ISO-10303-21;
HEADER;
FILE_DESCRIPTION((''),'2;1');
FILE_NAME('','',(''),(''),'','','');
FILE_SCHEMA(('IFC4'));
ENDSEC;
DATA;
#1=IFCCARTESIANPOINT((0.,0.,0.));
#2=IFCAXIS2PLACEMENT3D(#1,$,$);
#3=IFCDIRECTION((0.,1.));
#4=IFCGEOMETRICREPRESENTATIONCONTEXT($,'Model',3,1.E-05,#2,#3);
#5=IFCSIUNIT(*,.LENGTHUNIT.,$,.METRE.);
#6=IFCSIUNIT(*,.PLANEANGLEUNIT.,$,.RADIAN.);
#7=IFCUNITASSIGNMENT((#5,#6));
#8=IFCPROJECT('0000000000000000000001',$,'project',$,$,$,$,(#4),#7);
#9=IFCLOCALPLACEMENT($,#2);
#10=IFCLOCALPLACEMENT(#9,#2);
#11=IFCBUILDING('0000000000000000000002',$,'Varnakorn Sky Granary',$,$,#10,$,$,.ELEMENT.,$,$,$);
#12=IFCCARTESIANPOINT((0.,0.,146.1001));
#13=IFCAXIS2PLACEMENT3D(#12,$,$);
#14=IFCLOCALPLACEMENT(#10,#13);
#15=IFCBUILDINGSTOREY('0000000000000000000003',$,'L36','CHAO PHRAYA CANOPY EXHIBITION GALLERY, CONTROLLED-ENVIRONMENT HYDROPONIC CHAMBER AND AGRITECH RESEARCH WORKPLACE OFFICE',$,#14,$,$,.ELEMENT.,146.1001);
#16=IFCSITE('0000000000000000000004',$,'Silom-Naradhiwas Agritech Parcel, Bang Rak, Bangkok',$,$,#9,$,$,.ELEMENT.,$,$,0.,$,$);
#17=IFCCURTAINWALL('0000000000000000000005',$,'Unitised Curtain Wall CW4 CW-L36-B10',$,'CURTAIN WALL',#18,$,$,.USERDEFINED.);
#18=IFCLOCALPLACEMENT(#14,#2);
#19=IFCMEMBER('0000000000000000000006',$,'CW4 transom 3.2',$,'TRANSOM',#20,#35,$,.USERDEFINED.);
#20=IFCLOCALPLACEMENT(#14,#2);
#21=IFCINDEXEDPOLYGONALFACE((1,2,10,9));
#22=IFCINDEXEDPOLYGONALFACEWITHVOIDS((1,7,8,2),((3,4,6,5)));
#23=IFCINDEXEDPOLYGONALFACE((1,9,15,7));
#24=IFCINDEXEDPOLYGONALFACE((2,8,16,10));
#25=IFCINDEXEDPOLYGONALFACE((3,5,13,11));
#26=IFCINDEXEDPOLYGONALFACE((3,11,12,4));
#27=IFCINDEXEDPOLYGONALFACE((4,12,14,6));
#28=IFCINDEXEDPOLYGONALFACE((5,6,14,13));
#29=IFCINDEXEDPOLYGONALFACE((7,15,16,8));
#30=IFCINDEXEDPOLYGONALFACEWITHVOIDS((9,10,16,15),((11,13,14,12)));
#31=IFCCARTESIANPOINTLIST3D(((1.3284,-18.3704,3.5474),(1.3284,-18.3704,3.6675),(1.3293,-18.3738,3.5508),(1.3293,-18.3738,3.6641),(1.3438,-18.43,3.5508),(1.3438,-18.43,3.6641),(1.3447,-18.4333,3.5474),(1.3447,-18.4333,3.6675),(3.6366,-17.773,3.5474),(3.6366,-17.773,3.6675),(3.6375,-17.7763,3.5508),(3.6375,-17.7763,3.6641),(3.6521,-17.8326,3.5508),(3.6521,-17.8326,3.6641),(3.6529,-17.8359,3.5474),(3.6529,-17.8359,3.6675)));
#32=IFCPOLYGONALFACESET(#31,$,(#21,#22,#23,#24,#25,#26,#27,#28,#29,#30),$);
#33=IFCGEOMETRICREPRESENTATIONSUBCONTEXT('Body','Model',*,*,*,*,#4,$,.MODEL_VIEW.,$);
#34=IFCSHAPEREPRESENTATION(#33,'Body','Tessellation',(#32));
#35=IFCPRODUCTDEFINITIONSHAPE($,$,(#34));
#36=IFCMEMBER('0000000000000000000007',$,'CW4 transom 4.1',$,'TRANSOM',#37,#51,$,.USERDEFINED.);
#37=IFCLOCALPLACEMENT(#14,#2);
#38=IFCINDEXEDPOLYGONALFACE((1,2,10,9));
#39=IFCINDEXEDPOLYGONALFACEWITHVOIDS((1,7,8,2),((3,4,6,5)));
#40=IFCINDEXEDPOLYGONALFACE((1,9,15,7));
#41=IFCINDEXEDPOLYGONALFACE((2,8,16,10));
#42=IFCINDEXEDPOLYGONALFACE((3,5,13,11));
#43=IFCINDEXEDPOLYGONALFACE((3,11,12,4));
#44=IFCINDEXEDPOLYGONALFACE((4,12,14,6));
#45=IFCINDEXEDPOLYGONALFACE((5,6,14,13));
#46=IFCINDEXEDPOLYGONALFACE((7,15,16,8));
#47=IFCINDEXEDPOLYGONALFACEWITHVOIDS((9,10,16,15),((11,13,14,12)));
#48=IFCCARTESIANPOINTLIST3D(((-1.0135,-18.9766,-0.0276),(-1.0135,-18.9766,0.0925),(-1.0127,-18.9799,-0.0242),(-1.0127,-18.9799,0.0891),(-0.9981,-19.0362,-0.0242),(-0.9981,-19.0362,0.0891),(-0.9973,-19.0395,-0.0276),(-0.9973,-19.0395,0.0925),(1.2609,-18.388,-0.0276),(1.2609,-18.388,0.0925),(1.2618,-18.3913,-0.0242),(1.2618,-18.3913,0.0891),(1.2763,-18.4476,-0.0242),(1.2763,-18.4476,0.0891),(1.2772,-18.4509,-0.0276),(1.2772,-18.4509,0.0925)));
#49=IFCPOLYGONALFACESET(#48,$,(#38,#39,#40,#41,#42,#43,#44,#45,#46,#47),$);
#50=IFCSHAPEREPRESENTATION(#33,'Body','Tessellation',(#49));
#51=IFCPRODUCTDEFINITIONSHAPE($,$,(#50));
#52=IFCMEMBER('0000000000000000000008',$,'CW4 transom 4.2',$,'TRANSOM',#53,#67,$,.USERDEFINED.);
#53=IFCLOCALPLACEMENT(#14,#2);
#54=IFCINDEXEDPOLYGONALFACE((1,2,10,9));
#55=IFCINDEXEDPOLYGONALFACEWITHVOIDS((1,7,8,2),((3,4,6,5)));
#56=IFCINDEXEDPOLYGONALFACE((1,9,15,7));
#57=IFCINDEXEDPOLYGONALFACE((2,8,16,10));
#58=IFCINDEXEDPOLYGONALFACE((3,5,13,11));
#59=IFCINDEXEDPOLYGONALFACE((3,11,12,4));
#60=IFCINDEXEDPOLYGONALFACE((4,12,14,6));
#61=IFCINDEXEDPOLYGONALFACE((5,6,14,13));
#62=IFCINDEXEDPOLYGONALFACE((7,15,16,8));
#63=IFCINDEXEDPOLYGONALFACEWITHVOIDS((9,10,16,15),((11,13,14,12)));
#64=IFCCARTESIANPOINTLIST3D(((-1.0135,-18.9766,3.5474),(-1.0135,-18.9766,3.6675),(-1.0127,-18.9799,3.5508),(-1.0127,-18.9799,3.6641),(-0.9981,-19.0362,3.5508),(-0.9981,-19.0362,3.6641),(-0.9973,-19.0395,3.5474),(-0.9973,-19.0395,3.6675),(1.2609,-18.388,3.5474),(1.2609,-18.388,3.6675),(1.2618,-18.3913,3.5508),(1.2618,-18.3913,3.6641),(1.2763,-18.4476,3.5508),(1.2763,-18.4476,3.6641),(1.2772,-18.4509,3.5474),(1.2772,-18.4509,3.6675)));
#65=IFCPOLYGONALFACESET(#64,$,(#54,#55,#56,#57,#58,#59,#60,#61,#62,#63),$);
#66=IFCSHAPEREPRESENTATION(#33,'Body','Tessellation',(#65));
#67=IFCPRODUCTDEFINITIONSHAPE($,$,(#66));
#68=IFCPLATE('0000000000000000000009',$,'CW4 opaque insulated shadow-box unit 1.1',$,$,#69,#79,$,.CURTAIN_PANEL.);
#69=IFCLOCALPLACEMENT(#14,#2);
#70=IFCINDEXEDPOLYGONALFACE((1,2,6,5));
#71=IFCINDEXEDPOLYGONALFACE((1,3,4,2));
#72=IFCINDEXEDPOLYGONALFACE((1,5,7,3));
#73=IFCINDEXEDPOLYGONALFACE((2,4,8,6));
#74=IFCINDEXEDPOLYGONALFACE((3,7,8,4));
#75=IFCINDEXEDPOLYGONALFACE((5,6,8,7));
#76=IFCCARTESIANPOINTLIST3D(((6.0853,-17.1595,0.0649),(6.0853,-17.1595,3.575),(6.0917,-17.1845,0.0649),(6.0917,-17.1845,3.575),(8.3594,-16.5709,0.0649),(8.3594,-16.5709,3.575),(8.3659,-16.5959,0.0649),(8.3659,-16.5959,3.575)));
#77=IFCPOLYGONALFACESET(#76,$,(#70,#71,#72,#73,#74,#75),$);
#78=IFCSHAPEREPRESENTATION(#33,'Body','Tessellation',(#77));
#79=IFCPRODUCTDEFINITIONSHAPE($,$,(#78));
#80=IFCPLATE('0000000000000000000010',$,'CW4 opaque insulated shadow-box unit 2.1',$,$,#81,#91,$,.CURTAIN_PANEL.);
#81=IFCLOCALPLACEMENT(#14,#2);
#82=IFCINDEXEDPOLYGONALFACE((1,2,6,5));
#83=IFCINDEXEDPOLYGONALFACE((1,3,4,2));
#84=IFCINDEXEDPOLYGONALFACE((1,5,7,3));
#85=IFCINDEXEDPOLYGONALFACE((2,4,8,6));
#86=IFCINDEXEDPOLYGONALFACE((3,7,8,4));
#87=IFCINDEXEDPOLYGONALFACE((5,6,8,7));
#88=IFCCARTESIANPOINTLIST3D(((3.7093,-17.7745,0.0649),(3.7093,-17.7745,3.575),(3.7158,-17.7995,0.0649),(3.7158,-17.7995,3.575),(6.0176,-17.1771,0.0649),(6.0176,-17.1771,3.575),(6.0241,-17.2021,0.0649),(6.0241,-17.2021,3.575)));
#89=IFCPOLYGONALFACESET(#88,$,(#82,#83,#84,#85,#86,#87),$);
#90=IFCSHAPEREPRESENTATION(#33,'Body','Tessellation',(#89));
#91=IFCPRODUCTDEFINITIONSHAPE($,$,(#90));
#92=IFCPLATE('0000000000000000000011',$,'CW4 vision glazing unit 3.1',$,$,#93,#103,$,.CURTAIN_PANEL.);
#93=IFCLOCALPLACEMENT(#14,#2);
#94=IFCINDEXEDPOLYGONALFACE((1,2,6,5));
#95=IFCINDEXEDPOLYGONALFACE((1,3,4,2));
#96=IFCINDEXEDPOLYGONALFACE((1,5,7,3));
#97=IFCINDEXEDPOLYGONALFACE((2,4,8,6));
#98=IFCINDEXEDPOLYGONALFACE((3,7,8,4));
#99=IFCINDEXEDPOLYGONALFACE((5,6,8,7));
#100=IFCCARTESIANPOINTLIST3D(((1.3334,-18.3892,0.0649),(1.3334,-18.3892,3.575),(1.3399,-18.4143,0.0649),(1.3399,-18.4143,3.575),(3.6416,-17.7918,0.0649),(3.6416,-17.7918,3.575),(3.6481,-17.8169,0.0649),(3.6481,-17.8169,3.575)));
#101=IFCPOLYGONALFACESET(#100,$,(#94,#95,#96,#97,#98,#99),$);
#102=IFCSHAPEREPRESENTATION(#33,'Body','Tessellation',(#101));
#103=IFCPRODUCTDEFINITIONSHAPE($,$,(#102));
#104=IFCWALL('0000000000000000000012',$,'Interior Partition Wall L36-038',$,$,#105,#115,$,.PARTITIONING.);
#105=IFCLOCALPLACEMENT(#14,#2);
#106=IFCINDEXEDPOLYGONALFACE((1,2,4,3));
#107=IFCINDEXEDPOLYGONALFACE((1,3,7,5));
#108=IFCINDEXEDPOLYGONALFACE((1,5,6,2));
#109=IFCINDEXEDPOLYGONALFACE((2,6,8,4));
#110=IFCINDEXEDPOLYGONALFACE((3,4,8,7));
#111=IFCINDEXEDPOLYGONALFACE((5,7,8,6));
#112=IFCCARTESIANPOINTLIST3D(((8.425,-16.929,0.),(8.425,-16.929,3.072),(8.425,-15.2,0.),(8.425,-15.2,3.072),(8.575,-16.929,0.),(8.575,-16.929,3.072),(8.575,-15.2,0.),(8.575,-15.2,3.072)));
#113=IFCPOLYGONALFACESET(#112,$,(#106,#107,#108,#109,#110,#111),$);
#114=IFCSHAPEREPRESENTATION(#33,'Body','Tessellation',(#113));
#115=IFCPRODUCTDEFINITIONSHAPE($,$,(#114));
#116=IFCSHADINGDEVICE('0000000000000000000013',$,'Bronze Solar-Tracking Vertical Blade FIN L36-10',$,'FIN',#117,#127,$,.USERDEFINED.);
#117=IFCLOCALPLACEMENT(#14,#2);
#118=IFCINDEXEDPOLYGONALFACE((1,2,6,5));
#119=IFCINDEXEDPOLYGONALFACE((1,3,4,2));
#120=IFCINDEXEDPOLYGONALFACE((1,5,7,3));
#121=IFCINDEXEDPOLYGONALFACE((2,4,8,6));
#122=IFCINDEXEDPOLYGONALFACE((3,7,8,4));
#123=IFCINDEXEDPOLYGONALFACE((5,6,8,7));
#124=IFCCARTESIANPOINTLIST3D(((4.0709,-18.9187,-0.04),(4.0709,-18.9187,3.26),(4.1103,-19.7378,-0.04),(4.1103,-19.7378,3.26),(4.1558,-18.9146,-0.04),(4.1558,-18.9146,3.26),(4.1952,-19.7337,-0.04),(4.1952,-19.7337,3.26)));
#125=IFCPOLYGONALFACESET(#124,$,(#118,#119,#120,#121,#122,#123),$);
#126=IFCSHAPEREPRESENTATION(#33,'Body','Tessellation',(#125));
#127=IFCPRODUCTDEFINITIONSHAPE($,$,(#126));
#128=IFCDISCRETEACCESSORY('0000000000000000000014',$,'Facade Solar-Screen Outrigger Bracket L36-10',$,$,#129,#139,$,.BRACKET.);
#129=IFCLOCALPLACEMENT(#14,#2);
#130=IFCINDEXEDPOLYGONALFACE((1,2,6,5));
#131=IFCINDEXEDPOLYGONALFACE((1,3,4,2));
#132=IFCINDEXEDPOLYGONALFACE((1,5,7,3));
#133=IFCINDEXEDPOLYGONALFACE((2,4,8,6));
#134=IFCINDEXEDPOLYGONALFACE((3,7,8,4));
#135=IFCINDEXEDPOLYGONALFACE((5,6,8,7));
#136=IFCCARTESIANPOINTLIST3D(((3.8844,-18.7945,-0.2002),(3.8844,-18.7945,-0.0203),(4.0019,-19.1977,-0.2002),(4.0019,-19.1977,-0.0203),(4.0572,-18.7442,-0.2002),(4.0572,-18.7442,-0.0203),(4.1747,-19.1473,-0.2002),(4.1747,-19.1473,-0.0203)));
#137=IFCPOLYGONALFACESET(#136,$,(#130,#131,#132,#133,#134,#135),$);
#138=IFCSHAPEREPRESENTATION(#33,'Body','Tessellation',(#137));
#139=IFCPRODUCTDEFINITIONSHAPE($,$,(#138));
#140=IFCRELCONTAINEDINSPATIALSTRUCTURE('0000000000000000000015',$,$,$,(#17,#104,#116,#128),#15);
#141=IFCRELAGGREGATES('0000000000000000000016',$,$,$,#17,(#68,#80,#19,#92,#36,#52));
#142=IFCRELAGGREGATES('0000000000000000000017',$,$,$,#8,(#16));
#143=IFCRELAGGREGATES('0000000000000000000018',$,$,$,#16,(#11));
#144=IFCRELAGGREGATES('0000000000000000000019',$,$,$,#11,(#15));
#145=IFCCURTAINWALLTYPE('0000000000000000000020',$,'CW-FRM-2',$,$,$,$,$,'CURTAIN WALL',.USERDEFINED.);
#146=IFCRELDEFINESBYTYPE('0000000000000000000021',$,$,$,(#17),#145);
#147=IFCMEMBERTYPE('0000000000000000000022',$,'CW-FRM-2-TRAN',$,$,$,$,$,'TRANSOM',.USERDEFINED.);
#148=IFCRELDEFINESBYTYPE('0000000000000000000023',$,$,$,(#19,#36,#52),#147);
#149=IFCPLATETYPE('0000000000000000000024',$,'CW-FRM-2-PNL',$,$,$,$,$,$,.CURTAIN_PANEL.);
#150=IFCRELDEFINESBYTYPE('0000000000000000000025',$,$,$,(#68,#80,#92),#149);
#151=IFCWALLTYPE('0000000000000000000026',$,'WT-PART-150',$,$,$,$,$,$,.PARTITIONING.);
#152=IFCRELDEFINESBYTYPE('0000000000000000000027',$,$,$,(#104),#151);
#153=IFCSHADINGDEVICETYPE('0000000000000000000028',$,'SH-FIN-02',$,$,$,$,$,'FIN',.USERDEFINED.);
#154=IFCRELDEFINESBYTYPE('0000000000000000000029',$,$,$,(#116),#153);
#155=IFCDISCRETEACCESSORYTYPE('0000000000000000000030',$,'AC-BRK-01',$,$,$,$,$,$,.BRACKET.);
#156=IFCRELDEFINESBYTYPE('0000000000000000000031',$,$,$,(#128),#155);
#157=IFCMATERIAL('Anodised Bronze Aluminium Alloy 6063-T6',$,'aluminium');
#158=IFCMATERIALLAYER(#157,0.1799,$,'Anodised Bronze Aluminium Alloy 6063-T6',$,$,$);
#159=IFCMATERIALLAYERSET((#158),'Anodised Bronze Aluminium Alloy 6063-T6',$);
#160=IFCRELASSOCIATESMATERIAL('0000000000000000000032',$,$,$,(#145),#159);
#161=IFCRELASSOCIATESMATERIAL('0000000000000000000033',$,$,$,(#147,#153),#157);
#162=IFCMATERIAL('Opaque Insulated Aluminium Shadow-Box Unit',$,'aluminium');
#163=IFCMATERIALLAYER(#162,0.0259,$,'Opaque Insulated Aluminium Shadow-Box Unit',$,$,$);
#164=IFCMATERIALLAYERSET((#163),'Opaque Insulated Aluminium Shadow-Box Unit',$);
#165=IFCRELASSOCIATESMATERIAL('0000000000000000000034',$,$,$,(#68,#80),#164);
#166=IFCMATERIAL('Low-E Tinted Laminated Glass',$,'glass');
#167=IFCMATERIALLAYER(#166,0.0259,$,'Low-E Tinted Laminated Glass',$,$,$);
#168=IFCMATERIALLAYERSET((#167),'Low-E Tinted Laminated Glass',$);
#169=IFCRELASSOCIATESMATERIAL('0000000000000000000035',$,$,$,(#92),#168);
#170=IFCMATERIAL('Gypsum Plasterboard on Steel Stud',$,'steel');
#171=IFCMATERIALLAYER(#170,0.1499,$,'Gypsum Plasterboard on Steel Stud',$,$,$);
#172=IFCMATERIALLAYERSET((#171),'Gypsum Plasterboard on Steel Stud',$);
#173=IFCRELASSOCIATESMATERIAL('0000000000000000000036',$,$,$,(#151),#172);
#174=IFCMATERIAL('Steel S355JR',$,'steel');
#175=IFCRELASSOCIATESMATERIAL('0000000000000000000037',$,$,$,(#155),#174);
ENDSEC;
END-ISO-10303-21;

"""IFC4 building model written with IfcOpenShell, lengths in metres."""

from ifc_helpers import new_model, si_unit, direction, frame, frame_2d, origin, origin_2d, place, context, subcontext, project, spatial, rectangle, hollow_rectangle, extrude, source, transform, mapped, material, layer, layer_set, material_profile, profile_set, type_object, type_shapes, element, aggregate, save


model = new_model("IFC4")

# Units and contexts
model_context = context("Model", 3, precision=1e-05, world=origin(), true_north=direction((0.0, 1.0)))
body_context = subcontext(model_context, "Body", "Model", "MODEL_VIEW")
ifc_project = project(units=[si_unit("LENGTHUNIT", "METRE"), si_unit("PLANEANGLEUNIT", "RADIAN")], contexts=[model_context])

# Site, building, storey
site_placement = place(None, origin())
site = spatial("IfcSite", under=ifc_project, at=site_placement, Name="Silom-Naradhiwas Agritech Parcel, Bang Rak, Bangkok", CompositionType="ELEMENT", RefElevation=0.0)
building_placement = place(site_placement, origin())
building = spatial("IfcBuilding", under=site, at=building_placement, Name="Varnakorn Sky Granary", CompositionType="ELEMENT")
storey_placement = place(building_placement, frame((0.0, 0.0, 146.1001)))
storey = spatial("IfcBuildingStorey", under=building, at=storey_placement, Name="L36", Description="CHAO PHRAYA CANOPY EXHIBITION GALLERY, CONTROLLED-ENVIRONMENT HYDROPONIC CHAMBER AND AGRITECH RESEARCH WORKPLACE OFFICE", CompositionType="ELEMENT", Elevation=146.1001)

# Shared definitions
ifc_material_1 = material(Name="Steel S355JR", Category="steel")

# Curtain wall, members, plates
ifc_material_2 = material(Name="Anodised Bronze Aluminium Alloy 6063-T6", Category="aluminium")
ifc_layer_1 = layer(ifc_material_2, 0.1799, Name="Anodised Bronze Aluminium Alloy 6063-T6")
ifc_layer_set_1 = layer_set([ifc_layer_1], Name="Anodised Bronze Aluminium Alloy 6063-T6")
curtain_wall_type = type_object("IfcCurtainWallType", Name="CW-FRM-2", ElementType="CURTAIN WALL", PredefinedType="USERDEFINED", material=ifc_layer_set_1)
curtain_wall_placement = place(storey_placement, origin())
curtain_wall = element("IfcCurtainWall", 1, at=curtain_wall_placement, inside=storey, type_object=curtain_wall_type, Name="Unitised Curtain Wall CW4 CW-L36-B10", ObjectType="CURTAIN WALL", PredefinedType="USERDEFINED")
ifc_material_profile_1 = material_profile(ifc_material_2, hollow_rectangle(XDim=0.0649, YDim=0.1201, WallThickness=0.0034, at=origin_2d()), Name="ALU TRAN 65x120")
ifc_profile_set_1 = profile_set([ifc_material_profile_1], Name="Anodised Bronze Aluminium Alloy 6063-T6")
member_type_1 = type_object("IfcMemberType", Name="CW-FRM-2-TRAN", ElementType="TRANSOM", PredefinedType="USERDEFINED", material=ifc_profile_set_1)
member_1_placement = place(storey_placement, frame((3.6448, -17.8044, 3.6074), z_axis=(-0.968097, -0.250575, 0.0), x_axis=(0.250575, -0.968097, 0.0)))
member_1 = element("IfcMember", 2, at=member_1_placement, type_object=member_type_1, Name="CW4 transom 3.2", ObjectType="TRANSOM", PredefinedType="USERDEFINED", context=body_context, shape_type="SweptSolid", body=[
    extrude(hollow_rectangle(XDim=0.0649, YDim=0.1201, WallThickness=0.0034, at=origin_2d()), origin(), (0.0, 0.0, 1.0), 2.3843),
])
member_2_placement = place(storey_placement, frame((1.269, -18.4194, 0.0325), z_axis=(-0.968104, -0.250547, 0.0), x_axis=(0.250547, -0.968104, 0.0)))
member_2 = element("IfcMember", 3, at=member_2_placement, type_object=member_type_1, Name="CW4 transom 4.1", ObjectType="TRANSOM", PredefinedType="USERDEFINED", context=body_context, shape_type="SweptSolid", body=[
    extrude(hollow_rectangle(XDim=0.0649, YDim=0.1201, WallThickness=0.0034, at=origin_2d()), origin(), (0.0, 0.0, 1.0), 2.3494),
])
member_3_placement = place(storey_placement, frame((1.269, -18.4194, 3.6074), z_axis=(-0.968104, -0.250547, 0.0), x_axis=(0.250547, -0.968104, 0.0)))
member_3 = element("IfcMember", 4, at=member_3_placement, type_object=member_type_1, Name="CW4 transom 4.2", ObjectType="TRANSOM", PredefinedType="USERDEFINED", context=body_context, shape_type="SweptSolid", body=[
    extrude(hollow_rectangle(XDim=0.0649, YDim=0.1201, WallThickness=0.0034, at=origin_2d()), origin(), (0.0, 0.0, 1.0), 2.3494),
])
ifc_material_3 = material(Name="Opaque Insulated Aluminium Shadow-Box Unit", Category="aluminium")
ifc_layer_2 = layer(ifc_material_3, 0.0259, Name="Opaque Insulated Aluminium Shadow-Box Unit")
ifc_layer_set_2 = layer_set([ifc_layer_2], Name="Opaque Insulated Aluminium Shadow-Box Unit")
plate_type = type_object("IfcPlateType", Name="CW-FRM-2-PNL", PredefinedType="CURTAIN_PANEL")
shared_shape_1 = source(origin(), body_context, "Body", "SweptSolid", [
    extrude(rectangle(XDim=2.3491, YDim=0.0259, at=origin_2d()), origin(), (0.0, 0.0, 1.0), 3.51),
])
plate_1_placement = place(storey_placement, frame((7.2256, -16.8777, 0.0649), z_axis=(0.0, 0.0, 1.0), x_axis=(-0.968101, -0.250559, 0.0)))
plate_1 = element("IfcPlate", 5, at=plate_1_placement, type_object=plate_type, material=ifc_layer_set_2, Name="CW4 opaque insulated shadow-box unit 1.1", PredefinedType="CURTAIN_PANEL", context=body_context, shape_type="MappedRepresentation", body=[
    mapped(shared_shape_1, transform((0.0, 0.0, 0.0), x_axis=(1.0, 0.0, 0.0), y_axis=(0.0, 1.0, 0.0), z_axis=(0.0, 0.0, 1.0), scale=1.0)),
])
shared_shape_2 = source(origin(), body_context, "Body", "SweptSolid", [
    extrude(rectangle(XDim=2.3843, YDim=0.0259, at=origin_2d()), origin(), (0.0, 0.0, 1.0), 3.51),
])
type_shapes(plate_type, [shared_shape_1, shared_shape_2])
plate_2_placement = place(storey_placement, frame((4.8667, -17.4883, 0.0649), z_axis=(0.0, 0.0, 1.0), x_axis=(-0.968101, -0.250559, 0.0)))
plate_2 = element("IfcPlate", 6, at=plate_2_placement, type_object=plate_type, material=ifc_layer_set_2, Name="CW4 opaque insulated shadow-box unit 2.1", PredefinedType="CURTAIN_PANEL", context=body_context, shape_type="MappedRepresentation", body=[
    mapped(shared_shape_2, transform((0.0, 0.0, 0.0), x_axis=(1.0, 0.0, 0.0), y_axis=(0.0, 1.0, 0.0), z_axis=(0.0, 0.0, 1.0), scale=1.0)),
])
ifc_material_4 = material(Name="Low-E Tinted Laminated Glass", Category="glass")
ifc_layer_3 = layer(ifc_material_4, 0.0259, Name="Low-E Tinted Laminated Glass")
ifc_layer_set_3 = layer_set([ifc_layer_3], Name="Low-E Tinted Laminated Glass")
plate_3_placement = place(storey_placement, frame((2.4907, -18.103, 0.0649), z_axis=(0.0, 0.0, 1.0), x_axis=(-0.968101, -0.250559, 0.0)))
plate_3 = element("IfcPlate", 7, at=plate_3_placement, type_object=plate_type, material=ifc_layer_set_3, Name="CW4 vision glazing unit 3.1", PredefinedType="CURTAIN_PANEL", context=body_context, shape_type="MappedRepresentation", body=[
    mapped(shared_shape_2, transform((0.0, 0.0, 0.0), x_axis=(1.0, 0.0, 0.0), y_axis=(0.0, 1.0, 0.0), z_axis=(0.0, 0.0, 1.0), scale=1.0)),
])
aggregate(curtain_wall, [plate_1, plate_2, member_1, plate_3, member_2, member_3])

# Wall
ifc_material_5 = material(Name="Gypsum Plasterboard on Steel Stud", Category="steel")
ifc_layer_4 = layer(ifc_material_5, 0.1499, Name="Gypsum Plasterboard on Steel Stud")
ifc_layer_set_4 = layer_set([ifc_layer_4], Name="Gypsum Plasterboard on Steel Stud")
wall_type = type_object("IfcWallType", Name="WT-PART-150", PredefinedType="PARTITIONING", material=ifc_layer_set_4)
wall_1_placement = place(storey_placement, frame((8.5, -15.2, 0.0), z_axis=(0.0, 0.0, 1.0), x_axis=(0.0, -1.0, 0.0)))
element("IfcWall", 8, at=wall_1_placement, inside=storey, type_object=wall_type, Name="Interior Partition Wall L36-038", PredefinedType="PARTITIONING", context=body_context, shape_type="SweptSolid", body=[
    extrude(rectangle(XDim=1.729, YDim=0.1499, at=frame_2d((0.8645, 0.0))), origin(), (0.0, 0.0, 1.0), 3.072),
])

# Shading device
shading_device_type = type_object("IfcShadingDeviceType", Name="SH-FIN-02", ElementType="FIN", PredefinedType="USERDEFINED", material=ifc_material_2)
shared_shape_3 = source(origin(), body_context, "Body", "SweptSolid", [
    extrude(rectangle(XDim=0.085, YDim=0.8201, at=origin_2d()), origin(), (0.0, 0.0, 1.0), 3.3),
])
type_shapes(shading_device_type, [shared_shape_3])
shading_device_placement = place(storey_placement, frame((4.1331, -19.3262, -0.04), z_axis=(0.0, 0.0, 1.0), x_axis=(0.998843, 0.04808, 0.0)))
element("IfcShadingDevice", 9, at=shading_device_placement, inside=storey, type_object=shading_device_type, Name="Bronze Solar-Tracking Vertical Blade FIN L36-10", ObjectType="FIN", PredefinedType="USERDEFINED", context=body_context, shape_type="MappedRepresentation", body=[
    mapped(shared_shape_3, transform((0.0, 0.0, 0.0), x_axis=(1.0, 0.0, 0.0), y_axis=(0.0, 1.0, 0.0), z_axis=(0.0, 0.0, 1.0), scale=1.0)),
])

# Discrete accessory
discrete_accessory_type = type_object("IfcDiscreteAccessoryType", Name="AC-BRK-01", PredefinedType="BRACKET", material=ifc_material_1)
shared_shape_4 = source(origin(), body_context, "Body", "SweptSolid", [
    extrude(rectangle(XDim=0.1799, YDim=0.4199, at=origin_2d()), origin(), (0.0, 0.0, 1.0), 0.1799),
])
type_shapes(discrete_accessory_type, [shared_shape_4])
discrete_accessory_placement = place(storey_placement, frame((4.0295, -18.9709, -0.2002), z_axis=(0.0, 0.0, 1.0), x_axis=(0.960049, 0.279831, 0.0)))
element("IfcDiscreteAccessory", 10, at=discrete_accessory_placement, inside=storey, type_object=discrete_accessory_type, Name="Facade Solar-Screen Outrigger Bracket L36-10", PredefinedType="BRACKET", context=body_context, shape_type="MappedRepresentation", body=[
    mapped(shared_shape_4, transform((0.0, 0.0, 0.0), x_axis=(1.0, 0.0, 0.0), y_axis=(0.0, 1.0, 0.0), z_axis=(0.0, 0.0, 1.0), scale=1.0)),
])

save(model, "model.ifc")
